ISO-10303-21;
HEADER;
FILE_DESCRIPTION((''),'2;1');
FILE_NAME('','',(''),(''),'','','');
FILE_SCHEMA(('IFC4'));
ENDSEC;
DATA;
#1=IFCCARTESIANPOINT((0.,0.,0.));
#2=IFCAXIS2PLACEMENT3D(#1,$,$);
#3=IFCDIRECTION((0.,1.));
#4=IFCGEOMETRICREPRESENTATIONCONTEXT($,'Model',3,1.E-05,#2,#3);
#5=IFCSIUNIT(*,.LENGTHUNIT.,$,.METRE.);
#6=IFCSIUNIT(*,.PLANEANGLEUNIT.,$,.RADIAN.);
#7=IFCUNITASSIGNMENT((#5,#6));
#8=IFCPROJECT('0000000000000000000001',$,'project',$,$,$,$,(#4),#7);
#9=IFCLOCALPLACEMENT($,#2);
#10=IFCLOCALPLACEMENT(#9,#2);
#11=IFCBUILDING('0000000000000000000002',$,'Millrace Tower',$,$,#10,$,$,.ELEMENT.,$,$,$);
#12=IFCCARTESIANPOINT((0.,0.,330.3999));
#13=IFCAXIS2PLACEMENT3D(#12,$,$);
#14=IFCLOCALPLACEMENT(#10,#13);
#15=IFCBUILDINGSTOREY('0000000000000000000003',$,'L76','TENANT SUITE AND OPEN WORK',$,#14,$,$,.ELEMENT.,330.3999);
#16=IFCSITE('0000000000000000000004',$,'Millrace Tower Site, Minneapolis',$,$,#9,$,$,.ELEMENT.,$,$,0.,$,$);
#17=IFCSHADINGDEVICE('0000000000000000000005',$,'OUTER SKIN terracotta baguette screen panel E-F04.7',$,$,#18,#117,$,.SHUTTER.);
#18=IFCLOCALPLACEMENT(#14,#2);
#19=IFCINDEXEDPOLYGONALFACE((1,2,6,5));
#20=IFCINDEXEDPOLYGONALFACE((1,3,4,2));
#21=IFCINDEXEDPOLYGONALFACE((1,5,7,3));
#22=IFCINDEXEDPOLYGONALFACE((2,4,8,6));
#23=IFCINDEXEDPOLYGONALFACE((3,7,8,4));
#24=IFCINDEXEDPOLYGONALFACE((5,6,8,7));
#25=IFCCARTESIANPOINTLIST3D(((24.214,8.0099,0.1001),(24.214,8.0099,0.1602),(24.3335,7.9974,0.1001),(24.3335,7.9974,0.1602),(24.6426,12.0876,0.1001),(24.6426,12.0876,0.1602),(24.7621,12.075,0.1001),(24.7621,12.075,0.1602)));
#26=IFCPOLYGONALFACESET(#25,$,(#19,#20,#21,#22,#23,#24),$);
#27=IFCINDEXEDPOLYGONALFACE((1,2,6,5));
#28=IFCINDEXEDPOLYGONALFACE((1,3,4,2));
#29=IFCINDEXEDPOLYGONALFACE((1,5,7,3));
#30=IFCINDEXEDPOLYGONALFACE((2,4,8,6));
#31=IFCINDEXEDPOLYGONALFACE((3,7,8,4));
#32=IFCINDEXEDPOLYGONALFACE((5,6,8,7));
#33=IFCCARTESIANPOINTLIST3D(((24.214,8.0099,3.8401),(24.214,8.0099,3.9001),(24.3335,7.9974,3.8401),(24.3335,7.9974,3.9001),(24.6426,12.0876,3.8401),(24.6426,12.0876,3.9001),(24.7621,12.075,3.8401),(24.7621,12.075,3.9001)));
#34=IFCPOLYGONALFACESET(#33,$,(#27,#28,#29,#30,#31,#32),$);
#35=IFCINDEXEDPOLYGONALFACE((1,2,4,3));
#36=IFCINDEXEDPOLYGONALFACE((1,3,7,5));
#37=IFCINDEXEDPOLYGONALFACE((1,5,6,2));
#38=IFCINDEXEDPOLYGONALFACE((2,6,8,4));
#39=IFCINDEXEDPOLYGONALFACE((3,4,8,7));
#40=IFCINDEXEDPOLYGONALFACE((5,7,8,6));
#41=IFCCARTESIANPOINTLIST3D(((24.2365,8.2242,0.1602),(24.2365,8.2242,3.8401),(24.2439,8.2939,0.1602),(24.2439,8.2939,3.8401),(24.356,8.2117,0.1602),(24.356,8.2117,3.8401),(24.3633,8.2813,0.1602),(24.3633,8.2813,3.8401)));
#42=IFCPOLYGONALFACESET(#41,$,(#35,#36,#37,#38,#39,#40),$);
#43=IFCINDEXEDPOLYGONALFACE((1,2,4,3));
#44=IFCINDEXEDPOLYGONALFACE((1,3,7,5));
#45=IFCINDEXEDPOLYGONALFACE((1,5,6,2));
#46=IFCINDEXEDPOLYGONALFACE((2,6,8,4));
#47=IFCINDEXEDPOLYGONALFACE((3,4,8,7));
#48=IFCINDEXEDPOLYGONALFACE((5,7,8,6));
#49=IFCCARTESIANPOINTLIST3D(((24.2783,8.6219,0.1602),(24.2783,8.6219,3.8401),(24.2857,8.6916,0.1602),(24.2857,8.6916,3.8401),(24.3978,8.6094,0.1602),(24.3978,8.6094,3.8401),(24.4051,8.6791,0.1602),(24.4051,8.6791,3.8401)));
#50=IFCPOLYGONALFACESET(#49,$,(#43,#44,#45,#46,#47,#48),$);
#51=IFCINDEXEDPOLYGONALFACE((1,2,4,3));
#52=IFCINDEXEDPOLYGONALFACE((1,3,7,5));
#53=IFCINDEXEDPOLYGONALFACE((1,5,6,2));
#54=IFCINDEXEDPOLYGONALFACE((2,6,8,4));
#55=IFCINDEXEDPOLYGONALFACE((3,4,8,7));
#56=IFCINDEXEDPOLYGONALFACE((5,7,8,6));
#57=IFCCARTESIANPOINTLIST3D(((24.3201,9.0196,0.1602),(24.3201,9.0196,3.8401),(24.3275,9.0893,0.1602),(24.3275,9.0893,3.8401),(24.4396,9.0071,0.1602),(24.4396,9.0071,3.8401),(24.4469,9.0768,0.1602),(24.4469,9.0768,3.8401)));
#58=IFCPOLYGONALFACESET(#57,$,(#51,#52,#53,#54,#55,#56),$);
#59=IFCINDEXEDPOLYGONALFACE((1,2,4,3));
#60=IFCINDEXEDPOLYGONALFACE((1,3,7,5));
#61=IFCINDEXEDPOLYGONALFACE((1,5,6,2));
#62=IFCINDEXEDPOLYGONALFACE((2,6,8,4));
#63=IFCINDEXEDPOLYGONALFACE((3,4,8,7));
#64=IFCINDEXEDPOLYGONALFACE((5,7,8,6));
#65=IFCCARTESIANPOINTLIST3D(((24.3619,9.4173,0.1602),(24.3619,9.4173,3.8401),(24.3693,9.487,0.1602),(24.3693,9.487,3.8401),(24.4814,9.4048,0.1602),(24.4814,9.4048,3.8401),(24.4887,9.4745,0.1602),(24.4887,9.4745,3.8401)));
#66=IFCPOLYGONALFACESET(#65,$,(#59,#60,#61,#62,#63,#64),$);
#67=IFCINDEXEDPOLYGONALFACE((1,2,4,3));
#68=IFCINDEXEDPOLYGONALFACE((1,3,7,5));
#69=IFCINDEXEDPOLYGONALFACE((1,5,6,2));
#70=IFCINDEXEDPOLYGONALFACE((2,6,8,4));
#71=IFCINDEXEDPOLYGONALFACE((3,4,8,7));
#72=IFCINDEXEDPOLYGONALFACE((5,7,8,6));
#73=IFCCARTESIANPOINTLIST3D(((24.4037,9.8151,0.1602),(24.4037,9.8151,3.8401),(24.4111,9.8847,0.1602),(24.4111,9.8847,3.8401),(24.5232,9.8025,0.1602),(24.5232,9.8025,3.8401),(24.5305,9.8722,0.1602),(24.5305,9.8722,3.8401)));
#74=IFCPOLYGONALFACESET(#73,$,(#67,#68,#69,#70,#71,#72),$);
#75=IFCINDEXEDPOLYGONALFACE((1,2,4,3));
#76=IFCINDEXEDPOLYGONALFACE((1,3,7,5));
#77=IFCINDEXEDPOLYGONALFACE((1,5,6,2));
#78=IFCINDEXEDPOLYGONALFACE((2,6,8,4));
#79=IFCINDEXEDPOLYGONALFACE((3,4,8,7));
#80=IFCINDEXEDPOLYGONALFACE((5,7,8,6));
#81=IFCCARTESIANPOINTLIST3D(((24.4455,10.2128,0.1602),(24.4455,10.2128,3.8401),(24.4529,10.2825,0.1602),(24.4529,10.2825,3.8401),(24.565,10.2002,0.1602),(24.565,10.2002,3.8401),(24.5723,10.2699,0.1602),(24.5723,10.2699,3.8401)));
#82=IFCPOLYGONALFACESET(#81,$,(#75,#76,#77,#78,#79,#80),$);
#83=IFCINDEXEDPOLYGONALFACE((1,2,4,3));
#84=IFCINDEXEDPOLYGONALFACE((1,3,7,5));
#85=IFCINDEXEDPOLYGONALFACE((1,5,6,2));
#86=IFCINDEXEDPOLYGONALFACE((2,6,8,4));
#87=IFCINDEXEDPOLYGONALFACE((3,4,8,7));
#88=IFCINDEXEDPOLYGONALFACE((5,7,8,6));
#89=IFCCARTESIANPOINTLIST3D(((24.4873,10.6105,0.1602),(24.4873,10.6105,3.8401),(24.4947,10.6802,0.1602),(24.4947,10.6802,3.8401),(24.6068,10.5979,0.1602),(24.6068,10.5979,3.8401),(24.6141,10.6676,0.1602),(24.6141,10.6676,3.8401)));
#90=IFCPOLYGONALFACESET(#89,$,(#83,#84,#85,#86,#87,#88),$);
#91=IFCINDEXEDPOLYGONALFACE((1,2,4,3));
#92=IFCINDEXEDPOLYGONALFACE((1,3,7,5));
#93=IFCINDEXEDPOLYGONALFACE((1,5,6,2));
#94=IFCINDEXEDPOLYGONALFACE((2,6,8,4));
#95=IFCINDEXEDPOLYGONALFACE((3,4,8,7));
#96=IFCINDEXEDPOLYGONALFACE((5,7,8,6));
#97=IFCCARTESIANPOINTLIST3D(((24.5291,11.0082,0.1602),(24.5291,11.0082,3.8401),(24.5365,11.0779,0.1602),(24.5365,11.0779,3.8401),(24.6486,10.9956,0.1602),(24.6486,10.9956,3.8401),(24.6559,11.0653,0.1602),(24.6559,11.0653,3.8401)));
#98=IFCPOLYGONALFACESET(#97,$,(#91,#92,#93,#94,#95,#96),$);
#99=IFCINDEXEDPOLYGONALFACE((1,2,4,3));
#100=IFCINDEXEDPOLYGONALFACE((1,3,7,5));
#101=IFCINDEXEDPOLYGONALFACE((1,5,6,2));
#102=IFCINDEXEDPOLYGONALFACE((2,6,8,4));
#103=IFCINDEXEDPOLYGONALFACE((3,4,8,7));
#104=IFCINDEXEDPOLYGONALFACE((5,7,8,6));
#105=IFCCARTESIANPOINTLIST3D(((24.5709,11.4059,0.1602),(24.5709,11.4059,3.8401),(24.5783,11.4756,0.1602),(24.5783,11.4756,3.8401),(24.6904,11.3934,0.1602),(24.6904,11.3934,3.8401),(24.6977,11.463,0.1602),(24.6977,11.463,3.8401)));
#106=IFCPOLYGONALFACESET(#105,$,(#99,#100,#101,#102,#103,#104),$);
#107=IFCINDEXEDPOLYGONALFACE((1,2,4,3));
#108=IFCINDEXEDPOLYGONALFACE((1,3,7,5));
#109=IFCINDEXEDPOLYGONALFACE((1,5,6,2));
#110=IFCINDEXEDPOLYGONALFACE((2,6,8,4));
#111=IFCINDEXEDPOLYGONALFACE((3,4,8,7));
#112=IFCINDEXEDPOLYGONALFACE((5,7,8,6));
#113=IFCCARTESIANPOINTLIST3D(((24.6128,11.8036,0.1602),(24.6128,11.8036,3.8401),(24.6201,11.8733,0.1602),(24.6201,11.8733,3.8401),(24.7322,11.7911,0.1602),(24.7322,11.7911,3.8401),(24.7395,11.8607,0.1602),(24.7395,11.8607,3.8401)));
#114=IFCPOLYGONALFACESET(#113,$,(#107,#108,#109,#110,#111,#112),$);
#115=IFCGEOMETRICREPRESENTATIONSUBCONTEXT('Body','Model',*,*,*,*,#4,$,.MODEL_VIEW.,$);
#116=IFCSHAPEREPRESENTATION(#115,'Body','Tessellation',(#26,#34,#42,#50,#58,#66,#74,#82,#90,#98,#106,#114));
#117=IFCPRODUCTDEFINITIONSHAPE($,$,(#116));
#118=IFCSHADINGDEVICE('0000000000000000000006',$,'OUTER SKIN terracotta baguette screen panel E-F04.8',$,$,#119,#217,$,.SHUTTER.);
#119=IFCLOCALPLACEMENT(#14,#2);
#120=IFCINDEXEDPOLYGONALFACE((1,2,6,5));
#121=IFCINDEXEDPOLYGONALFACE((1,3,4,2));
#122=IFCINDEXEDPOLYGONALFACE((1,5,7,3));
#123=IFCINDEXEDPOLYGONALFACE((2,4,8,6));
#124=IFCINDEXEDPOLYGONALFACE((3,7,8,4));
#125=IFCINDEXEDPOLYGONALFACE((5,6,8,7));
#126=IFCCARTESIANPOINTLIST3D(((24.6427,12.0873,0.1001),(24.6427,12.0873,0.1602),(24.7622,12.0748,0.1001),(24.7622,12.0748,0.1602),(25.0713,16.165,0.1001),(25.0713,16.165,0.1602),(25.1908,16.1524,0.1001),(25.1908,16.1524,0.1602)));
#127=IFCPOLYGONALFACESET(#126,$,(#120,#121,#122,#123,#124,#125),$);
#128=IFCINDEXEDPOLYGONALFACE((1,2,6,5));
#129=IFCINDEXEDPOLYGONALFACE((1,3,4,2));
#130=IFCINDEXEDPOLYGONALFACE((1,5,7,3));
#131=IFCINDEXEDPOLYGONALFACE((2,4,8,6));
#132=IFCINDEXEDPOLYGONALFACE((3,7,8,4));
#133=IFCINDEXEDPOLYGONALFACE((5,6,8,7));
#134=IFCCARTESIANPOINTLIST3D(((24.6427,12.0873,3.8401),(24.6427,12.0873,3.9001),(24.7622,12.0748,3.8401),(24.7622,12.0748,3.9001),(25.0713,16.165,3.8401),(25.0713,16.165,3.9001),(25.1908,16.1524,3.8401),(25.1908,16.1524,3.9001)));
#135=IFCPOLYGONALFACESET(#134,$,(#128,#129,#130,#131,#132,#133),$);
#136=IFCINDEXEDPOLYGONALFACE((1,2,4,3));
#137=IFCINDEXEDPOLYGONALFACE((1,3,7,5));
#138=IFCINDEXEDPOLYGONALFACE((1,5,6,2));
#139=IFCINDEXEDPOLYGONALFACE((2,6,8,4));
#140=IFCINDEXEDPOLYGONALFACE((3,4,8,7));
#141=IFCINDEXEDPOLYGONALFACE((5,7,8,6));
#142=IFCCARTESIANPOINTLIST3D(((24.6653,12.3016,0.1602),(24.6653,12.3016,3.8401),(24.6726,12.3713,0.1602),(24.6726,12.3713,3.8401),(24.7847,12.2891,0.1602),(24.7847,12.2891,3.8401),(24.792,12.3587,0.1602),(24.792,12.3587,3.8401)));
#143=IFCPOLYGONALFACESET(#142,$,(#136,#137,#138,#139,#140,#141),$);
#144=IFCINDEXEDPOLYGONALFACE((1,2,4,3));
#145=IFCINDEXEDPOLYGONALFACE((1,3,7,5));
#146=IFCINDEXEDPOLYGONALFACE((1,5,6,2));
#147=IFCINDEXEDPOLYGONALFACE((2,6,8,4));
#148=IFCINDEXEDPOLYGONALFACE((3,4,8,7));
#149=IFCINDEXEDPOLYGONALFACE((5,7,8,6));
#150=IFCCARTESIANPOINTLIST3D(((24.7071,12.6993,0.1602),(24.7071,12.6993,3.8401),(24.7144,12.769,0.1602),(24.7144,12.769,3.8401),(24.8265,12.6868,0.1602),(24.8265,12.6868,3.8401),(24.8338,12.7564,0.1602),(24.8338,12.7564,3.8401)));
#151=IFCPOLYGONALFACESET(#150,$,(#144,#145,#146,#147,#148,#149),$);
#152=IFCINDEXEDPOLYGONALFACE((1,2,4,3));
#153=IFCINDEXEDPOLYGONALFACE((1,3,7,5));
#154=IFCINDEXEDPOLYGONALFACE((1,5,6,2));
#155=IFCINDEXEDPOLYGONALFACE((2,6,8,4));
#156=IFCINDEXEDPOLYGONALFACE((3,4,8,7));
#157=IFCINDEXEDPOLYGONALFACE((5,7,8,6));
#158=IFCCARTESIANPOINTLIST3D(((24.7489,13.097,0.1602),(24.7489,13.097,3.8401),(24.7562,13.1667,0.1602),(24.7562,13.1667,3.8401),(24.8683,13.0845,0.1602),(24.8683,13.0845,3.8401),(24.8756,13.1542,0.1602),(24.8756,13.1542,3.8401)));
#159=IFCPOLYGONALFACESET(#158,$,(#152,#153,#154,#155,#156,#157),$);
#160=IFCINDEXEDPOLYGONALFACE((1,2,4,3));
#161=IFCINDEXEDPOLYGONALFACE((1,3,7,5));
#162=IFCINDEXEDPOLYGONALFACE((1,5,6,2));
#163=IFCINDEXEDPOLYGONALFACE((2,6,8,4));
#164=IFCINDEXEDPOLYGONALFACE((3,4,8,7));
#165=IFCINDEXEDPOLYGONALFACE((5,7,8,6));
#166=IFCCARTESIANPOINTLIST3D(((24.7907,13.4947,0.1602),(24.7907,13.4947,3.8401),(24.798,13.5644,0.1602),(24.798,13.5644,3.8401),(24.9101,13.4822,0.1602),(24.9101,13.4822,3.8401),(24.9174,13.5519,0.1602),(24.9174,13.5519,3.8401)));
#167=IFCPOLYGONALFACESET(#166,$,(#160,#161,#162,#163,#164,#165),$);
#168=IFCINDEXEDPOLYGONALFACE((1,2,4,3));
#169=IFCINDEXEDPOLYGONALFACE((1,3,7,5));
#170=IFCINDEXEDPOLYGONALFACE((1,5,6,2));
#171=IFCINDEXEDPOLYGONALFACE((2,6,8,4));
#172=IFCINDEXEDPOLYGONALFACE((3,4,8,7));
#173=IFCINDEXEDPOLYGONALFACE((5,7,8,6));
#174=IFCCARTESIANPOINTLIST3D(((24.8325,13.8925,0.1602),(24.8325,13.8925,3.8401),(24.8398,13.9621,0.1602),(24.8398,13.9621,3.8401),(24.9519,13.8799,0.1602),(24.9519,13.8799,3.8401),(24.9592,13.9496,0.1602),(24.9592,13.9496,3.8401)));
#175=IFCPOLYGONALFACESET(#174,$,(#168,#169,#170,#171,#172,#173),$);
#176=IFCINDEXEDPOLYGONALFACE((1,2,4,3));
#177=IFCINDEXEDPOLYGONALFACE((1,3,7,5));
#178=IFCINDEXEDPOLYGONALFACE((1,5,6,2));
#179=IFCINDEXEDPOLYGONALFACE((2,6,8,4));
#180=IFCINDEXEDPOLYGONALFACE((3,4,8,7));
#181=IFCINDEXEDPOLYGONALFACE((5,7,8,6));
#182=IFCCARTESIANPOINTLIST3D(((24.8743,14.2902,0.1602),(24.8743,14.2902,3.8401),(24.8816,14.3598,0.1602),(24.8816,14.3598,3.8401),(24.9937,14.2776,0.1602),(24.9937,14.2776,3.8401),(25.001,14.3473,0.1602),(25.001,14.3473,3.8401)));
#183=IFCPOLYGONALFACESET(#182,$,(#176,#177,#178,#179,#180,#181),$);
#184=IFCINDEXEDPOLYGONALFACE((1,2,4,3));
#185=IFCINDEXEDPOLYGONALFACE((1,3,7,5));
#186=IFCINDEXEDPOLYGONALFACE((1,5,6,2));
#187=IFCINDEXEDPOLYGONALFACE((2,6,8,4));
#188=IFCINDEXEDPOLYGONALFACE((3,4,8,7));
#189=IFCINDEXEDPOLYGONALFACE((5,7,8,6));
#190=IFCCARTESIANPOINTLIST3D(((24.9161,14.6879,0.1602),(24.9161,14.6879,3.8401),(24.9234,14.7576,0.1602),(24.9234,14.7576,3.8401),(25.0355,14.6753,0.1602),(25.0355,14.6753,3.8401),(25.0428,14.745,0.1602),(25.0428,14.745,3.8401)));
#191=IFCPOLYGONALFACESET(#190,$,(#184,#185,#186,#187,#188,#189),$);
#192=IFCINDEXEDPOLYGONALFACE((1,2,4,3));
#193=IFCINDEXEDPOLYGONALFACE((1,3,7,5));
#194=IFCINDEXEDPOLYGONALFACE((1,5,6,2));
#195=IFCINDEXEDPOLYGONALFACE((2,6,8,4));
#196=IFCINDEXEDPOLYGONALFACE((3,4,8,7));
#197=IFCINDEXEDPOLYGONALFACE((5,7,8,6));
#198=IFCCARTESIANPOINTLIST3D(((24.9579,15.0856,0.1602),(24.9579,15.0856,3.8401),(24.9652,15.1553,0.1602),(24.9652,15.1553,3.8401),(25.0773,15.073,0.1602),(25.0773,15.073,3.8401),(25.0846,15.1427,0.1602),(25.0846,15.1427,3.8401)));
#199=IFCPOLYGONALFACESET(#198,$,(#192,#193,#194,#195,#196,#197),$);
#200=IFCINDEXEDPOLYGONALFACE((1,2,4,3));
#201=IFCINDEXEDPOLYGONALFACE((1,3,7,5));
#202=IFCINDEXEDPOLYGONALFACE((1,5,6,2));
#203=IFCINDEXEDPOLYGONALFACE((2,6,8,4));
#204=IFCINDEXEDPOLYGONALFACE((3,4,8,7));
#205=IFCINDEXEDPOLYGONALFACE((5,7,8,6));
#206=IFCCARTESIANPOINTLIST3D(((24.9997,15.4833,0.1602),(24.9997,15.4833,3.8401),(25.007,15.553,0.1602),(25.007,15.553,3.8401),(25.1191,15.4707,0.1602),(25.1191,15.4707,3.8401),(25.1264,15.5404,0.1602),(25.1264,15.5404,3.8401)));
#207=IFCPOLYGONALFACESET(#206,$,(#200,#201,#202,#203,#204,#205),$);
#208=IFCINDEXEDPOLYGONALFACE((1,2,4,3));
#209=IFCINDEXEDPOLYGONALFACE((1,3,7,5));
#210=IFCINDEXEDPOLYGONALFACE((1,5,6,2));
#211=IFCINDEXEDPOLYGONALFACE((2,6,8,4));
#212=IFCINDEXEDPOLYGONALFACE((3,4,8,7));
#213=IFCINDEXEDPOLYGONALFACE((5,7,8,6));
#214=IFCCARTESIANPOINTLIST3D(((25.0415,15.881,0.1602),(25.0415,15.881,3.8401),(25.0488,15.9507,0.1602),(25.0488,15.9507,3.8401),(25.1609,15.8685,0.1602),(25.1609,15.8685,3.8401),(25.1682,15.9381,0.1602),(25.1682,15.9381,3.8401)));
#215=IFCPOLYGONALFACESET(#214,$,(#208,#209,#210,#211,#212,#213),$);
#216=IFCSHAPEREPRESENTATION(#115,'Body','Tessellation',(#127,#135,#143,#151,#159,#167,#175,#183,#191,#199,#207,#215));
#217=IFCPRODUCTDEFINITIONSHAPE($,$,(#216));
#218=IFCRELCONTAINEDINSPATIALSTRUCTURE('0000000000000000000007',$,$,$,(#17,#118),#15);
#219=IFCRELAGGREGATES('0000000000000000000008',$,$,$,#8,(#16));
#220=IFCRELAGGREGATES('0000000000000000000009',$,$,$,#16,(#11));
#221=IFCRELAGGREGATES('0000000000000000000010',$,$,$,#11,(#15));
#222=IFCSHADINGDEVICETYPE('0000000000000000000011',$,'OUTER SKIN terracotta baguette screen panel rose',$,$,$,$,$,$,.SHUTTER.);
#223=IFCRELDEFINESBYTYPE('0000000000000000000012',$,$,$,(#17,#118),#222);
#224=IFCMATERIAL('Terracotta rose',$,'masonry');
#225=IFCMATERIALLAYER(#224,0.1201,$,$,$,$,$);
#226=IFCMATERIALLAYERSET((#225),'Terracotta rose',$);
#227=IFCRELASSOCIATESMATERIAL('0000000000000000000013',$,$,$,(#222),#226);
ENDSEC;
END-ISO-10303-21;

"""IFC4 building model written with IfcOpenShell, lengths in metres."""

from ifc_helpers import new_model, entity, si_unit, direction, frame, frame_2d, origin, place, context, subcontext, project, spatial, rectangle, extrude, source, transform, mapped, material, layer, layer_set, type_object, element, save


model = new_model("IFC4")

# Units and contexts
model_context = context("Model", 3, precision=1e-05, world=origin(), true_north=direction((0.0, 1.0)))
body_context = subcontext(model_context, "Body", "Model", "MODEL_VIEW")
ifc_project = project(units=[si_unit("LENGTHUNIT", "METRE"), si_unit("PLANEANGLEUNIT", "RADIAN")], contexts=[model_context])

# Site, building, storey
site_placement = place(None, origin())
site = spatial("IfcSite", under=ifc_project, at=site_placement, Name="Millrace Tower Site, Minneapolis", CompositionType="ELEMENT", RefElevation=0.0)
building_placement = place(site_placement, origin())
building = spatial("IfcBuilding", under=site, at=building_placement, Name="Millrace Tower", CompositionType="ELEMENT")
storey_placement = place(building_placement, frame((0.0, 0.0, 330.3999)))
storey = spatial("IfcBuildingStorey", under=building, at=storey_placement, Name="L76", Description="TENANT SUITE AND OPEN WORK", CompositionType="ELEMENT", Elevation=330.3999)

# Shading devices
ifc_material_1 = material(Name="Terracotta rose", Category="masonry")
ifc_layer_1 = layer(ifc_material_1, 0.1201)
ifc_layer_set_1 = layer_set([ifc_layer_1], Name="Terracotta rose")
shading_device_type = type_object("IfcShadingDeviceType", Name="OUTER SKIN terracotta baguette screen panel rose", PredefinedType="SHUTTER", material=ifc_layer_set_1)
cartesian_point_1 = entity("IfcCartesianPoint", [-2.05, 0.0601])
shared_polyline_1 = entity("IfcPolyline", [cartesian_point_1, entity("IfcCartesianPoint", [2.05, 0.0601]), entity("IfcCartesianPoint", [2.05, -0.0601]), entity("IfcCartesianPoint", [-2.05, -0.0601]), cartesian_point_1])
shared_shape_1 = source(origin(), body_context, "Body", "SweptSolid", [
    entity("IfcExtrudedAreaSolid", entity("IfcArbitraryClosedProfileDef", "AREA", None, shared_polyline_1), entity("IfcAxis2Placement3D", entity("IfcCartesianPoint", [0.0, 0.0, 0.0])), entity("IfcDirection", [0.0, 0.0, 1.0]), 0.0601),
    entity("IfcExtrudedAreaSolid", entity("IfcArbitraryClosedProfileDef", "AREA", None, shared_polyline_1), entity("IfcAxis2Placement3D", entity("IfcCartesianPoint", [0.0, 0.0, 3.74])), entity("IfcDirection", [0.0, 0.0, 1.0]), 0.0601),
    extrude(rectangle(XDim=0.0701, YDim=0.1201, at=frame_2d((-1.7996, 0.0))), frame((0.0, 0.0, 0.0601)), (0.0, 0.0, 1.0), 3.6799),
    extrude(rectangle(XDim=0.0701, YDim=0.1201, at=frame_2d((-1.3997, 0.0))), frame((0.0, 0.0, 0.0601)), (0.0, 0.0, 1.0), 3.6799),
    extrude(rectangle(XDim=0.0701, YDim=0.1201, at=frame_2d((-0.9998, 0.0))), frame((0.0, 0.0, 0.0601)), (0.0, 0.0, 1.0), 3.6799),
    extrude(rectangle(XDim=0.0701, YDim=0.1201, at=frame_2d((-0.5999, 0.0))), frame((0.0, 0.0, 0.0601)), (0.0, 0.0, 1.0), 3.6799),
    extrude(rectangle(XDim=0.0701, YDim=0.1201, at=frame_2d((-0.2, 0.0))), frame((0.0, 0.0, 0.0601)), (0.0, 0.0, 1.0), 3.6799),
    extrude(rectangle(XDim=0.0701, YDim=0.1201, at=frame_2d((0.2, 0.0))), frame((0.0, 0.0, 0.0601)), (0.0, 0.0, 1.0), 3.6799),
    extrude(rectangle(XDim=0.0701, YDim=0.1201, at=frame_2d((0.5999, 0.0))), frame((0.0, 0.0, 0.0601)), (0.0, 0.0, 1.0), 3.6799),
    extrude(rectangle(XDim=0.0701, YDim=0.1201, at=frame_2d((0.9998, 0.0))), frame((0.0, 0.0, 0.0601)), (0.0, 0.0, 1.0), 3.6799),
    extrude(rectangle(XDim=0.0701, YDim=0.1201, at=frame_2d((1.3997, 0.0))), frame((0.0, 0.0, 0.0601)), (0.0, 0.0, 1.0), 3.6799),
    extrude(rectangle(XDim=0.0701, YDim=0.1201, at=frame_2d((1.7996, 0.0))), frame((0.0, 0.0, 0.0601)), (0.0, 0.0, 1.0), 3.6799),
])
for number, where, z_axis, x_axis, name in (
    (1, (24.488, 10.0425, 0.1001), (0.0, 0.0, 1.0), (0.104528, 0.994522, 0.0), "OUTER SKIN terracotta baguette screen panel E-F04.7"),
    (2, (24.9167, 14.1199, 0.1001), (0.0, 0.0, 1.0), (0.104528, 0.994522, 0.0), "OUTER SKIN terracotta baguette screen panel E-F04.8"),
):
    element("IfcShadingDevice", number, at=place(storey_placement, frame(where, z_axis=z_axis, x_axis=x_axis)), inside=storey, type_object=shading_device_type, Name=name, PredefinedType="SHUTTER", context=body_context, shape_type="MappedRepresentation", body=[
        mapped(shared_shape_1, transform((0.0, 0.0, 0.0), scale=1.0)),
    ])

save(model, "model.ifc")
